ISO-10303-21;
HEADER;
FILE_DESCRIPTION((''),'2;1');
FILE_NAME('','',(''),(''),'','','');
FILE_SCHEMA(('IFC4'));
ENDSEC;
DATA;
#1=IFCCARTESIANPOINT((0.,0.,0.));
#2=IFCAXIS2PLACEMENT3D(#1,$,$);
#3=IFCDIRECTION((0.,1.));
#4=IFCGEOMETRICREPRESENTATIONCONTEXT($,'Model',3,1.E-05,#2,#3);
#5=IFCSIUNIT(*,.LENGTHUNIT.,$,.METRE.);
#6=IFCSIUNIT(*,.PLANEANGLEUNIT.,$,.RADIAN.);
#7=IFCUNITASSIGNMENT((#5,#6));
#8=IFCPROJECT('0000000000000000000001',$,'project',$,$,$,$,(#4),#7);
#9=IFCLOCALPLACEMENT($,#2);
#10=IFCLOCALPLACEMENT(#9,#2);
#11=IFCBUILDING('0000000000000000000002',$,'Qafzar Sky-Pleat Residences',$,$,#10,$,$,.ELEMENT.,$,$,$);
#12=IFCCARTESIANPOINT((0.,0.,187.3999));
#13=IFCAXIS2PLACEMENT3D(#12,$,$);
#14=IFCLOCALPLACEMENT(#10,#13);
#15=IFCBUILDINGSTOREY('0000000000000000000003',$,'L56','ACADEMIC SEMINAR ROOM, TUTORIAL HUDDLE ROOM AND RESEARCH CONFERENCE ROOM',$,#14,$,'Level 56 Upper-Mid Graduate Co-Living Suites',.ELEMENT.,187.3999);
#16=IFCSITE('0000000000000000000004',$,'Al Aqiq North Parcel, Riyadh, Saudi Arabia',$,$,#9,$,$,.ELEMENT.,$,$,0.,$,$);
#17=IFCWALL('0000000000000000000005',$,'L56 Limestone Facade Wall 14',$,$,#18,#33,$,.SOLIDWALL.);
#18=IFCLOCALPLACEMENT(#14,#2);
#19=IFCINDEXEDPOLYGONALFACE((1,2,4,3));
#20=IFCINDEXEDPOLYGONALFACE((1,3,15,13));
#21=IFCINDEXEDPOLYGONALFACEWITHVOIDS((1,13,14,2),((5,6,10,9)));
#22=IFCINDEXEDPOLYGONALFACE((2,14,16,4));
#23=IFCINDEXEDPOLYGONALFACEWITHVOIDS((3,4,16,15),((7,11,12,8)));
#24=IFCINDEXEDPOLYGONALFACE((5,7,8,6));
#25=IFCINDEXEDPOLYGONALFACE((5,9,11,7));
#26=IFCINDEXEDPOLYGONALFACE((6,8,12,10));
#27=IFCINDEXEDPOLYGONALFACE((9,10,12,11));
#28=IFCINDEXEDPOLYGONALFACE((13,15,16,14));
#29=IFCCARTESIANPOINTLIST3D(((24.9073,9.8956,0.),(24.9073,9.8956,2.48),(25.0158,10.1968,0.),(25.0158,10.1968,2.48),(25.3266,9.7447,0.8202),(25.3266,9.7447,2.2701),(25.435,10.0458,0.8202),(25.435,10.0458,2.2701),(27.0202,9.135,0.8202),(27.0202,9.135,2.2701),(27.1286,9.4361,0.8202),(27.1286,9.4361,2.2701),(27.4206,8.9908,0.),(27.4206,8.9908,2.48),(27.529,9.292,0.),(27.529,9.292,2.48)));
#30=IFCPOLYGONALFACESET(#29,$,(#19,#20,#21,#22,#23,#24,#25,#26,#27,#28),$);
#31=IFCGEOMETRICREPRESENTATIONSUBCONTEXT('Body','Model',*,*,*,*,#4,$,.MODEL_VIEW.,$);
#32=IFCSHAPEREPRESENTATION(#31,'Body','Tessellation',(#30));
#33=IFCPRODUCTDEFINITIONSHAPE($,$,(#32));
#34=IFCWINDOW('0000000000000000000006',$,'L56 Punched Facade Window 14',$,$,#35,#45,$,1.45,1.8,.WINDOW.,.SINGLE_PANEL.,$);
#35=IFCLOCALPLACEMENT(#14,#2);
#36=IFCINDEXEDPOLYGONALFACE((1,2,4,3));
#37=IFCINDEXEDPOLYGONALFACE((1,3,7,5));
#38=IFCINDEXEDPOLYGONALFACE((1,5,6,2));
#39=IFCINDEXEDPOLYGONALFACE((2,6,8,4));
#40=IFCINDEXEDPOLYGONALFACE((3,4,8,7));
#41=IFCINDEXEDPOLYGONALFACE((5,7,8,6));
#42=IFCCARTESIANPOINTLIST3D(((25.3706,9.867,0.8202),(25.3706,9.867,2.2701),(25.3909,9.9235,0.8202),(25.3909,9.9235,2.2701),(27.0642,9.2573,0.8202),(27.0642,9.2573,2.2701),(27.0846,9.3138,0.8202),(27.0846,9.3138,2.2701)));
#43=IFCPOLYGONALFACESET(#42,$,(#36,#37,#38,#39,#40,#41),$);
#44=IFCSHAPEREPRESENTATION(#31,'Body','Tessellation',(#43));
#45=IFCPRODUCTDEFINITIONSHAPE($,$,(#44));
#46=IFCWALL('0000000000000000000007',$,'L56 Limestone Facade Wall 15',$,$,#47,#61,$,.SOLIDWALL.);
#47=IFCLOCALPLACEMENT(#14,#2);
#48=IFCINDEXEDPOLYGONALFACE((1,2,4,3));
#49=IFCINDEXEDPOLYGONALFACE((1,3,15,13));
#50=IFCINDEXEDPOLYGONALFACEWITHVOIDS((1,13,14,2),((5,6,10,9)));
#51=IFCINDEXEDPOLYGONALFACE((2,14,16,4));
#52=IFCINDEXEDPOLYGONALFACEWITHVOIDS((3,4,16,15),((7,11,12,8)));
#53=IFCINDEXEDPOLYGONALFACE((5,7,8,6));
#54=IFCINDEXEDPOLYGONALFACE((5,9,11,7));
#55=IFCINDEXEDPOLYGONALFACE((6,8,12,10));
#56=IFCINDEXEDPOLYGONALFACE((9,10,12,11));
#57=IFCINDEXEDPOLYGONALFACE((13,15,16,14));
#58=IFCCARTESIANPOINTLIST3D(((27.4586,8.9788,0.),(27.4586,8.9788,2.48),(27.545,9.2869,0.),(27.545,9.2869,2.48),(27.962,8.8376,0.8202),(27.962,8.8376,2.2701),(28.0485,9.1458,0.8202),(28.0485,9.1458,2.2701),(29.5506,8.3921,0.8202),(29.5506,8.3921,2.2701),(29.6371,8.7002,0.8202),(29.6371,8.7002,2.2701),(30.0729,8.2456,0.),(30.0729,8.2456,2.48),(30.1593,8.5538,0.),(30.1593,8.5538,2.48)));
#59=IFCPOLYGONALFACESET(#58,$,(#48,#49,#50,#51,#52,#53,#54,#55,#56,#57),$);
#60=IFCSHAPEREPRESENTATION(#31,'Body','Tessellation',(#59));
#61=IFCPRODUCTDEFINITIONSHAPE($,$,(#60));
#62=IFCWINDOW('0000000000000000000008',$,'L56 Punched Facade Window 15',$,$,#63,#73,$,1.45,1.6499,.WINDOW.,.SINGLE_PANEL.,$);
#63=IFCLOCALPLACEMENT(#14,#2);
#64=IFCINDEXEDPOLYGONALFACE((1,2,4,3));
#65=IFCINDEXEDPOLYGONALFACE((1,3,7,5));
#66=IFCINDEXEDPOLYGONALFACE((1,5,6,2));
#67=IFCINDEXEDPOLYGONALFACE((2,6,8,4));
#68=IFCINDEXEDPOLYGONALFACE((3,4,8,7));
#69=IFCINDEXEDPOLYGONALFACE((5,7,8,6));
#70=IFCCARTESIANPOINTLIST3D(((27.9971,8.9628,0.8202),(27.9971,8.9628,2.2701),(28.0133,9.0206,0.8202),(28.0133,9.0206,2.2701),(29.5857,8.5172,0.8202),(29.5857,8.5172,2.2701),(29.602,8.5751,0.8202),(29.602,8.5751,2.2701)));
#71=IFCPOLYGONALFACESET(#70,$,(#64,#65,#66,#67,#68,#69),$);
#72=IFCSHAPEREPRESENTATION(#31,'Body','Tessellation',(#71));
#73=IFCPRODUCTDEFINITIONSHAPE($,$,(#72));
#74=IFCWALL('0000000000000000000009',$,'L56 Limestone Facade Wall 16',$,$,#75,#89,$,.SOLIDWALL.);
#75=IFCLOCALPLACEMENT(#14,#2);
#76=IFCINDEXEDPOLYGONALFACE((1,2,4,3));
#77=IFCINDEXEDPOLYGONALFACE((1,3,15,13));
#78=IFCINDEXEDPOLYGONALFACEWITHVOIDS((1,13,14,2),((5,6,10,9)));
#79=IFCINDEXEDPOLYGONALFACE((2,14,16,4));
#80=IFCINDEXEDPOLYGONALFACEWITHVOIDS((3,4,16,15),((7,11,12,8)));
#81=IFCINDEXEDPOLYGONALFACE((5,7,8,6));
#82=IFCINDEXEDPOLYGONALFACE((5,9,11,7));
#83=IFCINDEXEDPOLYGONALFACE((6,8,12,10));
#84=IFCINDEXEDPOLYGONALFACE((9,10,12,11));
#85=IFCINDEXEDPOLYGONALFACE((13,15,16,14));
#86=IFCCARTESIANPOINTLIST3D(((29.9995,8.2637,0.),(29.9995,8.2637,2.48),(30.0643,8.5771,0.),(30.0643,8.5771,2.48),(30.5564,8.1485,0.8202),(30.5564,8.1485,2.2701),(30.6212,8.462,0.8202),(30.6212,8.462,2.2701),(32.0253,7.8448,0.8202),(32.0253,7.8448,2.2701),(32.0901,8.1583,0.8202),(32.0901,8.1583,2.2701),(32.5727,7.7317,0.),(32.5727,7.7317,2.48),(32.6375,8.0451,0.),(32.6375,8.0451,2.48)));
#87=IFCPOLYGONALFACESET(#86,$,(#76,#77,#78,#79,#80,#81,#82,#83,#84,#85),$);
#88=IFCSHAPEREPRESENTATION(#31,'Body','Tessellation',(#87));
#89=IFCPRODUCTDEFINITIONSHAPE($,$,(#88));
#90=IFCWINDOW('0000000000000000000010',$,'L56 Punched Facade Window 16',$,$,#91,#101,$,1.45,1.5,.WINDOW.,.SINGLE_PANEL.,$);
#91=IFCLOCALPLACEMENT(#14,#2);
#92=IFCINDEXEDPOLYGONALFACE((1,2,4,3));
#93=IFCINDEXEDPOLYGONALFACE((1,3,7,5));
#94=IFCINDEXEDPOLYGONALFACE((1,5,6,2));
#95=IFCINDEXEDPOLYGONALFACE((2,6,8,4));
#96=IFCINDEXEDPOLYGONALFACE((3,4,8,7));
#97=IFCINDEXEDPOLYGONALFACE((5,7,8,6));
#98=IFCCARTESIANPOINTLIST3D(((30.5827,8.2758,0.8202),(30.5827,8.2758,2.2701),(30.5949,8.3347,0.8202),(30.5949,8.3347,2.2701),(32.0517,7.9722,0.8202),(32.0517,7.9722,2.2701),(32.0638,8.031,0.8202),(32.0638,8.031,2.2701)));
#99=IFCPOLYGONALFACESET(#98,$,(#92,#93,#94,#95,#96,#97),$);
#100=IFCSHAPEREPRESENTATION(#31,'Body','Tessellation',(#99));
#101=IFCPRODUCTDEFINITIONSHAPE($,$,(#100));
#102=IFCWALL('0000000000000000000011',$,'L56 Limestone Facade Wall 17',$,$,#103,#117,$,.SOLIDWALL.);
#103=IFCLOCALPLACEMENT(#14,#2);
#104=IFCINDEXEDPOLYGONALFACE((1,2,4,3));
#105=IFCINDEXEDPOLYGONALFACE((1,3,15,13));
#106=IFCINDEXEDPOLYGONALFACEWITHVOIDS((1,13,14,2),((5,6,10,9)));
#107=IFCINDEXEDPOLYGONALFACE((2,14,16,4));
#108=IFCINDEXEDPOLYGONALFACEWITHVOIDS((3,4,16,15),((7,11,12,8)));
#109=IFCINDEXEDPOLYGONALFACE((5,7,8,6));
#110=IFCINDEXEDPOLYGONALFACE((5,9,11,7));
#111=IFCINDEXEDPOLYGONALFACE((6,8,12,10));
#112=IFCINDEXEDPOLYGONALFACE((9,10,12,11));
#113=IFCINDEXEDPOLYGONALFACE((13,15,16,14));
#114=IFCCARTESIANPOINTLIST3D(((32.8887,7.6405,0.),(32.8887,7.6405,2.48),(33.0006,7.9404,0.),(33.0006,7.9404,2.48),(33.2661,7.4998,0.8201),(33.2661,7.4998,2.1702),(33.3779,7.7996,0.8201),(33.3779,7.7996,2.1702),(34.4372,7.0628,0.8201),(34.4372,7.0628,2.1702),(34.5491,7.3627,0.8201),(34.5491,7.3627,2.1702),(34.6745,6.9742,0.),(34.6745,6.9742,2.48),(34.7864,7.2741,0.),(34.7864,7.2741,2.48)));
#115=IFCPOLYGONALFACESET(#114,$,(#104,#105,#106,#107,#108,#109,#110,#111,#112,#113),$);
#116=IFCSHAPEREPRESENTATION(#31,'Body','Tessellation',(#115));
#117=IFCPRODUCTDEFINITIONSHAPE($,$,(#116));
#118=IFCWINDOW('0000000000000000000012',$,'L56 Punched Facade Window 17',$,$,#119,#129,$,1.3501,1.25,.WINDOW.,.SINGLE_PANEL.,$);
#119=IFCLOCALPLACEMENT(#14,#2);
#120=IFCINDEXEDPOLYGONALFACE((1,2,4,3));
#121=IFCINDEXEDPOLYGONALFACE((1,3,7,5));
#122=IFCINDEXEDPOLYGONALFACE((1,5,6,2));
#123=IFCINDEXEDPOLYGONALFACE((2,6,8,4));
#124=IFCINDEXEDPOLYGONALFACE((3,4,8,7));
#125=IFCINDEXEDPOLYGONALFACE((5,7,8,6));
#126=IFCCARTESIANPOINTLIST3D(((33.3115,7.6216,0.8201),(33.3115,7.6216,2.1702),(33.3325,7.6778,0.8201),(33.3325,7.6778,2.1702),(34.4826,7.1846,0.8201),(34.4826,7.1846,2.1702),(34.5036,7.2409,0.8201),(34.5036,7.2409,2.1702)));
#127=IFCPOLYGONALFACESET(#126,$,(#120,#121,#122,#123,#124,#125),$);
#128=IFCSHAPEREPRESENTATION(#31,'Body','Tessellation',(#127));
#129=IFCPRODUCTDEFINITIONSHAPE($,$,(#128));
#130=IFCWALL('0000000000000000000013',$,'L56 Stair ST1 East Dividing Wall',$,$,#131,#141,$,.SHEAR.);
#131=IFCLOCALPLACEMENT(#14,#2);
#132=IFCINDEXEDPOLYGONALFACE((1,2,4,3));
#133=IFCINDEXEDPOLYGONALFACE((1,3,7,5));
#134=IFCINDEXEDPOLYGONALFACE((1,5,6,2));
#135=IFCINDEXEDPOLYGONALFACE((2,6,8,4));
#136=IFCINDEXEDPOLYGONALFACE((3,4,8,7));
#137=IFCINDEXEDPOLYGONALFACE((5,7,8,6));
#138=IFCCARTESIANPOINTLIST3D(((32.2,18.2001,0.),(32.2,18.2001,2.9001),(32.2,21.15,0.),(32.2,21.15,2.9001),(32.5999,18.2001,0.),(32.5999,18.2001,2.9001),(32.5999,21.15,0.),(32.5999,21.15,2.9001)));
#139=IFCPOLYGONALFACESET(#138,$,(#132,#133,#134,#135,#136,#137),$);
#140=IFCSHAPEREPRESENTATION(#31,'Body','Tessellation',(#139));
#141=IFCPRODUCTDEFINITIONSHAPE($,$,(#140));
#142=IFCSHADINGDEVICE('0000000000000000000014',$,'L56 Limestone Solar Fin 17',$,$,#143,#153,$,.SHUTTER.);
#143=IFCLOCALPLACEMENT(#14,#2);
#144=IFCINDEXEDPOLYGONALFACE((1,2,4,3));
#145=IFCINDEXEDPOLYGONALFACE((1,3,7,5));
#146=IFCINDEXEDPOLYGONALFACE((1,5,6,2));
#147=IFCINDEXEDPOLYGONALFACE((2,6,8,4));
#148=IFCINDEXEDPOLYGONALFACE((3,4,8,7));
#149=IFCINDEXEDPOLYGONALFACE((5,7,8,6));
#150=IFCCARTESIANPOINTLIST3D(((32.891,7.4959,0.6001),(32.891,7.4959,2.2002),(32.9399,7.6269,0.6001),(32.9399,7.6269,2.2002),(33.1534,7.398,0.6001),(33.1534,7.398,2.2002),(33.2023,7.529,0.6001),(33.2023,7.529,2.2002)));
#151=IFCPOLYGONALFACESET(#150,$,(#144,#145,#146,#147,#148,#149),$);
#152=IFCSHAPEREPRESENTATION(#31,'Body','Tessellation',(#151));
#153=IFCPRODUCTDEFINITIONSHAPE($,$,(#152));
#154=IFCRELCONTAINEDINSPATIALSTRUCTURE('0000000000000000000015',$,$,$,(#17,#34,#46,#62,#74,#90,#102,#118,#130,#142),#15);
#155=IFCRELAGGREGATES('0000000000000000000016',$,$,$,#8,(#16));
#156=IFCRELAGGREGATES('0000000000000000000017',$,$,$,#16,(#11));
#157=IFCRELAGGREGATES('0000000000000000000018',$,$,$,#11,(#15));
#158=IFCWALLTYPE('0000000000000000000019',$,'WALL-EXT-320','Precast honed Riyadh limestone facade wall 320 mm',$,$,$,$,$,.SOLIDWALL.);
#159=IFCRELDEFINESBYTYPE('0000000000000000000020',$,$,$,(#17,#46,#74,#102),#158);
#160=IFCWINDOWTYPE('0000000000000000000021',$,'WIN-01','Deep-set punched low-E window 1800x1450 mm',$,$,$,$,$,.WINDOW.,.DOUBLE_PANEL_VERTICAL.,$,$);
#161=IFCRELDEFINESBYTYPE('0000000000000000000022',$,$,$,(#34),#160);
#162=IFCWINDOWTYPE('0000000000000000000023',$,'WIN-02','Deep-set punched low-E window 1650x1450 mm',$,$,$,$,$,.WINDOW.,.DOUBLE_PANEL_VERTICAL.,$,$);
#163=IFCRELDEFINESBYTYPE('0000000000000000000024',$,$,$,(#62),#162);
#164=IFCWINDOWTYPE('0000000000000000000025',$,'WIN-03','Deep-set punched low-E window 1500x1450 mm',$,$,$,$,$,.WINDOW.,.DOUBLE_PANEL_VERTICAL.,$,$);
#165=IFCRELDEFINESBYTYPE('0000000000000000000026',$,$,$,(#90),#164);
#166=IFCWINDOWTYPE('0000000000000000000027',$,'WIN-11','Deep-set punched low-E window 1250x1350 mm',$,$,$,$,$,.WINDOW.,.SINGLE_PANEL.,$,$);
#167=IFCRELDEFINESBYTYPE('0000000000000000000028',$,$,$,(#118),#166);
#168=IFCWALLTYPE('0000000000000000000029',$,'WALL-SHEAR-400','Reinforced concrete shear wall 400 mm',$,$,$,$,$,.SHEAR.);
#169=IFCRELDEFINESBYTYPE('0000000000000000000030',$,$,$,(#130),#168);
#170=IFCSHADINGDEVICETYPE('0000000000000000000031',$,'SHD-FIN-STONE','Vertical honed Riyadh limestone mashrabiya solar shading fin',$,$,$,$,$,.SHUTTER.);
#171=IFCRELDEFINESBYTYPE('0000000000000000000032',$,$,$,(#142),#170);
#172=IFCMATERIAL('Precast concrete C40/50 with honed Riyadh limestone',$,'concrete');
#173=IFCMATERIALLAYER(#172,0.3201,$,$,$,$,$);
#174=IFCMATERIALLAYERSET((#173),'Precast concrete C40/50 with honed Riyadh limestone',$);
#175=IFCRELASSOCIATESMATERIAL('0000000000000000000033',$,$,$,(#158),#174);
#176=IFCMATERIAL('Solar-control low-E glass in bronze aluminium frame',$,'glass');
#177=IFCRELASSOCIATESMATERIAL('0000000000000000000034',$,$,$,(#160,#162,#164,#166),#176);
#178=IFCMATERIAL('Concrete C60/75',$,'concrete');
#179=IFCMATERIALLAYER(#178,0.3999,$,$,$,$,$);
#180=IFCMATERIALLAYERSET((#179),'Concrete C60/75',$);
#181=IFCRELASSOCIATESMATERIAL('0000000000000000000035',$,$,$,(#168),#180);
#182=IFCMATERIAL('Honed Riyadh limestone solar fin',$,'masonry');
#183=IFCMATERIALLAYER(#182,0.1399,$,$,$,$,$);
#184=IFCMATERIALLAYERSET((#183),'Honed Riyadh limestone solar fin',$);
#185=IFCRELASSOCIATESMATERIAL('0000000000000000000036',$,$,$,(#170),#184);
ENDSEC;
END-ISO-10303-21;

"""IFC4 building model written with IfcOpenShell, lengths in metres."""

from ifc_helpers import new_model, si_unit, direction, frame, frame_2d, origin, origin_2d, place, context, subcontext, project, spatial, rectangle, extrude, source, transform, mapped, material, layer, layer_set, type_object, element, fill, save


model = new_model("IFC4")

# Units and contexts
model_context = context("Model", 3, precision=1e-05, world=origin(), true_north=direction((0.0, 1.0)))
body_context = subcontext(model_context, "Body", "Model", "MODEL_VIEW")
ifc_project = project(units=[si_unit("LENGTHUNIT", "METRE"), si_unit("PLANEANGLEUNIT", "RADIAN")], contexts=[model_context])

# Site, building, storey
site_placement = place(None, origin())
site = spatial("IfcSite", under=ifc_project, at=site_placement, Name="Al Aqiq North Parcel, Riyadh, Saudi Arabia", CompositionType="ELEMENT", RefElevation=0.0)
building_placement = place(site_placement, origin())
building = spatial("IfcBuilding", under=site, at=building_placement, Name="Qafzar Sky-Pleat Residences", CompositionType="ELEMENT")
storey_placement = place(building_placement, frame((0.0, 0.0, 187.3999)))
storey = spatial("IfcBuildingStorey", under=building, at=storey_placement, Name="L56", Description="ACADEMIC SEMINAR ROOM, TUTORIAL HUDDLE ROOM AND RESEARCH CONFERENCE ROOM", LongName="Level 56 Upper-Mid Graduate Co-Living Suites", CompositionType="ELEMENT", Elevation=187.3999)

# Shared definitions
ifc_material_1 = material(Name="Concrete C60/75", Category="concrete")

# Walls, openings, windows
ifc_material_2 = material(Name="Precast concrete C40/50 with honed Riyadh limestone", Category="concrete")
ifc_layer_1 = layer(ifc_material_2, 0.3201)
ifc_layer_set_1 = layer_set([ifc_layer_1], Name="Precast concrete C40/50 with honed Riyadh limestone")
wall_type_1 = type_object("IfcWallType", Name="WALL-EXT-320", Description="Precast honed Riyadh limestone facade wall 320 mm", PredefinedType="SOLIDWALL", material=ifc_layer_set_1)
wall_1_placement = place(storey_placement, frame((24.9617, 10.0461, 0.0), z_axis=(0.0, 0.0, 1.0), x_axis=(0.940883, -0.338732, 0.0)))
wall_1 = element("IfcWall", 1, at=wall_1_placement, inside=storey, type_object=wall_type_1, Name="L56 Limestone Facade Wall 14", PredefinedType="SOLIDWALL", context=body_context, shape_type="SweptSolid", body=[
    extrude(rectangle(XDim=2.6711, YDim=0.3201, at=frame_2d((1.3354, 0.0))), origin(), (0.0, 0.0, 1.0), 2.48),
])
opening_1_placement = place(wall_1_placement, frame((0.4456, 0.0, 0.8201)))
opening_1 = element("IfcOpeningElement", 2, at=opening_1_placement, cuts=wall_1, PredefinedType="OPENING", context=body_context, shape_type="SweptSolid", body=[
    extrude(rectangle(XDim=1.8, YDim=1.45, at=frame_2d((0.8999, 0.7251))), frame((0.0, 0.1699, 0.0), z_axis=(0.0, -1.0, 0.0), x_axis=(1.0, 0.0, 0.0)), (0.0, 0.0, 1.0), 0.3401),
])
ifc_material_3 = material(Name="Solar-control low-E glass in bronze aluminium frame", Category="glass")
window_type_1 = type_object("IfcWindowType", Name="WIN-01", Description="Deep-set punched low-E window 1800x1450 mm", PartitioningType="DOUBLE_PANEL_VERTICAL", PredefinedType="WINDOW", material=ifc_material_3)
shared_shape_1 = source(origin(), body_context, "Body", "SweptSolid", [
    extrude(rectangle(XDim=1.8, YDim=1.45, at=frame_2d((0.8999, 0.7251))), frame((0.0, 0.03, 0.0), z_axis=(0.0, -1.0, 0.0), x_axis=(1.0, 0.0, 0.0)), (0.0, 0.0, 1.0), 0.0601),
])
window_1_placement = place(opening_1_placement, origin())
window_1 = element("IfcWindow", 3, at=window_1_placement, inside=storey, type_object=window_type_1, Name="L56 Punched Facade Window 14", OverallHeight=1.45, OverallWidth=1.8, PartitioningType="SINGLE_PANEL", PredefinedType="WINDOW", context=body_context, shape_type="MappedRepresentation", body=[
    mapped(shared_shape_1, transform((0.0, 0.0, 0.0), x_axis=(1.0, 0.0, 0.0), y_axis=(0.0, 1.0, 0.0), z_axis=(0.0, 0.0, 1.0), scale=1.0)),
])
fill(opening_1, window_1)
wall_2_placement = place(storey_placement, frame((27.502, 9.1328, 0.0), z_axis=(0.0, 0.0, 1.0), x_axis=(0.962853, -0.270027, 0.0)))
wall_2 = element("IfcWall", 4, at=wall_2_placement, inside=storey, type_object=wall_type_1, Name="L56 Limestone Facade Wall 15", PredefinedType="SOLIDWALL", context=body_context, shape_type="SweptSolid", body=[
    extrude(rectangle(XDim=2.7151, YDim=0.3201, at=frame_2d((1.3574, 0.0))), origin(), (0.0, 0.0, 1.0), 2.48),
])
opening_2_placement = place(wall_2_placement, frame((0.5227, 0.0, 0.8201)))
opening_2 = element("IfcOpeningElement", 5, at=opening_2_placement, cuts=wall_2, PredefinedType="OPENING", context=body_context, shape_type="SweptSolid", body=[
    extrude(rectangle(XDim=1.6499, YDim=1.45, at=frame_2d((0.825, 0.7251))), frame((0.0, 0.1699, 0.0), z_axis=(0.0, -1.0, 0.0), x_axis=(1.0, 0.0, 0.0)), (0.0, 0.0, 1.0), 0.3401),
])
window_type_2 = type_object("IfcWindowType", Name="WIN-02", Description="Deep-set punched low-E window 1650x1450 mm", PartitioningType="DOUBLE_PANEL_VERTICAL", PredefinedType="WINDOW", material=ifc_material_3)
shared_shape_2 = source(origin(), body_context, "Body", "SweptSolid", [
    extrude(rectangle(XDim=1.6499, YDim=1.45, at=frame_2d((0.825, 0.7251))), frame((0.0, 0.03, 0.0), z_axis=(0.0, -1.0, 0.0), x_axis=(1.0, 0.0, 0.0)), (0.0, 0.0, 1.0), 0.0601),
])
window_2_placement = place(opening_2_placement, origin())
window_2 = element("IfcWindow", 6, at=window_2_placement, inside=storey, type_object=window_type_2, Name="L56 Punched Facade Window 15", OverallHeight=1.45, OverallWidth=1.6499, PartitioningType="SINGLE_PANEL", PredefinedType="WINDOW", context=body_context, shape_type="MappedRepresentation", body=[
    mapped(shared_shape_2, transform((0.0, 0.0, 0.0), x_axis=(1.0, 0.0, 0.0), y_axis=(0.0, 1.0, 0.0), z_axis=(0.0, 0.0, 1.0), scale=1.0)),
])
fill(opening_2, window_2)
wall_3_placement = place(storey_placement, frame((30.0317, 8.4204, 0.0), z_axis=(0.0, 0.0, 1.0), x_axis=(0.979292, -0.202455, 0.0)))
wall_3 = element("IfcWall", 7, at=wall_3_placement, inside=storey, type_object=wall_type_1, Name="L56 Limestone Facade Wall 16", PredefinedType="SOLIDWALL", context=body_context, shape_type="SweptSolid", body=[
    extrude(rectangle(XDim=2.6277, YDim=0.3201, at=frame_2d((1.314, 0.0))), origin(), (0.0, 0.0, 1.0), 2.48),
])
opening_3_placement = place(wall_3_placement, frame((0.5688, 0.0, 0.8201)))
opening_3 = element("IfcOpeningElement", 8, at=opening_3_placement, cuts=wall_3, PredefinedType="OPENING", context=body_context, shape_type="SweptSolid", body=[
    extrude(rectangle(XDim=1.5, YDim=1.45, at=frame_2d((0.75, 0.7251))), frame((0.0, 0.1699, 0.0), z_axis=(0.0, -1.0, 0.0), x_axis=(1.0, 0.0, 0.0)), (0.0, 0.0, 1.0), 0.3401),
])
window_type_3 = type_object("IfcWindowType", Name="WIN-03", Description="Deep-set punched low-E window 1500x1450 mm", PartitioningType="DOUBLE_PANEL_VERTICAL", PredefinedType="WINDOW", material=ifc_material_3)
shared_shape_3 = source(origin(), body_context, "Body", "SweptSolid", [
    extrude(rectangle(XDim=1.5, YDim=1.45, at=frame_2d((0.75, 0.7251))), frame((0.0, 0.03, 0.0), z_axis=(0.0, -1.0, 0.0), x_axis=(1.0, 0.0, 0.0)), (0.0, 0.0, 1.0), 0.0601),
])
window_3_placement = place(opening_3_placement, origin())
window_3 = element("IfcWindow", 9, at=window_3_placement, inside=storey, type_object=window_type_3, Name="L56 Punched Facade Window 16", OverallHeight=1.45, OverallWidth=1.5, PartitioningType="SINGLE_PANEL", PredefinedType="WINDOW", context=body_context, shape_type="MappedRepresentation", body=[
    mapped(shared_shape_3, transform((0.0, 0.0, 0.0), x_axis=(1.0, 0.0, 0.0), y_axis=(0.0, 1.0, 0.0), z_axis=(0.0, 0.0, 1.0), scale=1.0)),
])
fill(opening_3, window_3)
wall_4_placement = place(storey_placement, frame((32.9446, 7.7905, 0.0), z_axis=(0.0, 0.0, 1.0), x_axis=(0.936907, -0.349579, 0.0)))
wall_4 = element("IfcWall", 10, at=wall_4_placement, inside=storey, type_object=wall_type_1, Name="L56 Limestone Facade Wall 17", PredefinedType="SOLIDWALL", context=body_context, shape_type="SweptSolid", body=[
    extrude(rectangle(XDim=1.906, YDim=0.3201, at=frame_2d((0.9531, 0.0))), origin(), (0.0, 0.0, 1.0), 2.48),
])
opening_4_placement = place(wall_4_placement, frame((0.4028, 0.0, 0.8201)))
opening_4 = element("IfcOpeningElement", 11, at=opening_4_placement, cuts=wall_4, PredefinedType="OPENING", context=body_context, shape_type="SweptSolid", body=[
    extrude(rectangle(XDim=1.25, YDim=1.3501, at=frame_2d((0.625, 0.675))), frame((0.0, 0.1699, 0.0), z_axis=(0.0, -1.0, 0.0), x_axis=(1.0, 0.0, 0.0)), (0.0, 0.0, 1.0), 0.3401),
])
window_type_4 = type_object("IfcWindowType", Name="WIN-11", Description="Deep-set punched low-E window 1250x1350 mm", PartitioningType="SINGLE_PANEL", PredefinedType="WINDOW", material=ifc_material_3)
shared_shape_4 = source(origin(), body_context, "Body", "SweptSolid", [
    extrude(rectangle(XDim=1.25, YDim=1.3501, at=frame_2d((0.625, 0.675))), frame((0.0, 0.03, 0.0), z_axis=(0.0, -1.0, 0.0), x_axis=(1.0, 0.0, 0.0)), (0.0, 0.0, 1.0), 0.0601),
])
window_4_placement = place(opening_4_placement, origin())
window_4 = element("IfcWindow", 12, at=window_4_placement, inside=storey, type_object=window_type_4, Name="L56 Punched Facade Window 17", OverallHeight=1.3501, OverallWidth=1.25, PartitioningType="SINGLE_PANEL", PredefinedType="WINDOW", context=body_context, shape_type="MappedRepresentation", body=[
    mapped(shared_shape_4, transform((0.0, 0.0, 0.0), x_axis=(1.0, 0.0, 0.0), y_axis=(0.0, 1.0, 0.0), z_axis=(0.0, 0.0, 1.0), scale=1.0)),
])
fill(opening_4, window_4)

# Wall
ifc_layer_2 = layer(ifc_material_1, 0.3999)
ifc_layer_set_2 = layer_set([ifc_layer_2], Name="Concrete C60/75")
wall_type_2 = type_object("IfcWallType", Name="WALL-SHEAR-400", Description="Reinforced concrete shear wall 400 mm", PredefinedType="SHEAR", material=ifc_layer_set_2)
wall_5_placement = place(storey_placement, frame((32.3999, 18.2, 0.0), z_axis=(0.0, 0.0, 1.0), x_axis=(0.0, 1.0, 0.0)))
element("IfcWall", 13, at=wall_5_placement, inside=storey, type_object=wall_type_2, Name="L56 Stair ST1 East Dividing Wall", PredefinedType="SHEAR", context=body_context, shape_type="SweptSolid", body=[
    extrude(rectangle(XDim=2.95, YDim=0.3999, at=frame_2d((1.4751, 0.0))), origin(), (0.0, 0.0, 1.0), 2.9001),
])

# Shading device
ifc_material_4 = material(Name="Honed Riyadh limestone solar fin", Category="masonry")
ifc_layer_3 = layer(ifc_material_4, 0.1399)
ifc_layer_set_3 = layer_set([ifc_layer_3], Name="Honed Riyadh limestone solar fin")
shading_device_type = type_object("IfcShadingDeviceType", Name="SHD-FIN-STONE", Description="Vertical honed Riyadh limestone mashrabiya solar shading fin", PredefinedType="SHUTTER", material=ifc_layer_set_3)
shared_shape_5 = source(origin(), body_context, "Body", "SweptSolid", [
    extrude(rectangle(XDim=0.1399, YDim=0.28, at=origin_2d()), origin(), (0.0, 0.0, 1.0), 1.6001),
])
shading_device_placement = place(storey_placement, frame((33.0466, 7.5125, 0.6001), z_axis=(0.0, 0.0, 1.0), x_axis=(-0.349603, -0.936898, 0.0)))
element("IfcShadingDevice", 14, at=shading_device_placement, inside=storey, type_object=shading_device_type, Name="L56 Limestone Solar Fin 17", PredefinedType="SHUTTER", context=body_context, shape_type="MappedRepresentation", body=[
    mapped(shared_shape_5, transform((0.0, 0.0, 0.0), x_axis=(1.0, 0.0, 0.0), y_axis=(0.0, 1.0, 0.0), z_axis=(0.0, 0.0, 1.0), scale=1.0)),
])

save(model, "model.ifc")
